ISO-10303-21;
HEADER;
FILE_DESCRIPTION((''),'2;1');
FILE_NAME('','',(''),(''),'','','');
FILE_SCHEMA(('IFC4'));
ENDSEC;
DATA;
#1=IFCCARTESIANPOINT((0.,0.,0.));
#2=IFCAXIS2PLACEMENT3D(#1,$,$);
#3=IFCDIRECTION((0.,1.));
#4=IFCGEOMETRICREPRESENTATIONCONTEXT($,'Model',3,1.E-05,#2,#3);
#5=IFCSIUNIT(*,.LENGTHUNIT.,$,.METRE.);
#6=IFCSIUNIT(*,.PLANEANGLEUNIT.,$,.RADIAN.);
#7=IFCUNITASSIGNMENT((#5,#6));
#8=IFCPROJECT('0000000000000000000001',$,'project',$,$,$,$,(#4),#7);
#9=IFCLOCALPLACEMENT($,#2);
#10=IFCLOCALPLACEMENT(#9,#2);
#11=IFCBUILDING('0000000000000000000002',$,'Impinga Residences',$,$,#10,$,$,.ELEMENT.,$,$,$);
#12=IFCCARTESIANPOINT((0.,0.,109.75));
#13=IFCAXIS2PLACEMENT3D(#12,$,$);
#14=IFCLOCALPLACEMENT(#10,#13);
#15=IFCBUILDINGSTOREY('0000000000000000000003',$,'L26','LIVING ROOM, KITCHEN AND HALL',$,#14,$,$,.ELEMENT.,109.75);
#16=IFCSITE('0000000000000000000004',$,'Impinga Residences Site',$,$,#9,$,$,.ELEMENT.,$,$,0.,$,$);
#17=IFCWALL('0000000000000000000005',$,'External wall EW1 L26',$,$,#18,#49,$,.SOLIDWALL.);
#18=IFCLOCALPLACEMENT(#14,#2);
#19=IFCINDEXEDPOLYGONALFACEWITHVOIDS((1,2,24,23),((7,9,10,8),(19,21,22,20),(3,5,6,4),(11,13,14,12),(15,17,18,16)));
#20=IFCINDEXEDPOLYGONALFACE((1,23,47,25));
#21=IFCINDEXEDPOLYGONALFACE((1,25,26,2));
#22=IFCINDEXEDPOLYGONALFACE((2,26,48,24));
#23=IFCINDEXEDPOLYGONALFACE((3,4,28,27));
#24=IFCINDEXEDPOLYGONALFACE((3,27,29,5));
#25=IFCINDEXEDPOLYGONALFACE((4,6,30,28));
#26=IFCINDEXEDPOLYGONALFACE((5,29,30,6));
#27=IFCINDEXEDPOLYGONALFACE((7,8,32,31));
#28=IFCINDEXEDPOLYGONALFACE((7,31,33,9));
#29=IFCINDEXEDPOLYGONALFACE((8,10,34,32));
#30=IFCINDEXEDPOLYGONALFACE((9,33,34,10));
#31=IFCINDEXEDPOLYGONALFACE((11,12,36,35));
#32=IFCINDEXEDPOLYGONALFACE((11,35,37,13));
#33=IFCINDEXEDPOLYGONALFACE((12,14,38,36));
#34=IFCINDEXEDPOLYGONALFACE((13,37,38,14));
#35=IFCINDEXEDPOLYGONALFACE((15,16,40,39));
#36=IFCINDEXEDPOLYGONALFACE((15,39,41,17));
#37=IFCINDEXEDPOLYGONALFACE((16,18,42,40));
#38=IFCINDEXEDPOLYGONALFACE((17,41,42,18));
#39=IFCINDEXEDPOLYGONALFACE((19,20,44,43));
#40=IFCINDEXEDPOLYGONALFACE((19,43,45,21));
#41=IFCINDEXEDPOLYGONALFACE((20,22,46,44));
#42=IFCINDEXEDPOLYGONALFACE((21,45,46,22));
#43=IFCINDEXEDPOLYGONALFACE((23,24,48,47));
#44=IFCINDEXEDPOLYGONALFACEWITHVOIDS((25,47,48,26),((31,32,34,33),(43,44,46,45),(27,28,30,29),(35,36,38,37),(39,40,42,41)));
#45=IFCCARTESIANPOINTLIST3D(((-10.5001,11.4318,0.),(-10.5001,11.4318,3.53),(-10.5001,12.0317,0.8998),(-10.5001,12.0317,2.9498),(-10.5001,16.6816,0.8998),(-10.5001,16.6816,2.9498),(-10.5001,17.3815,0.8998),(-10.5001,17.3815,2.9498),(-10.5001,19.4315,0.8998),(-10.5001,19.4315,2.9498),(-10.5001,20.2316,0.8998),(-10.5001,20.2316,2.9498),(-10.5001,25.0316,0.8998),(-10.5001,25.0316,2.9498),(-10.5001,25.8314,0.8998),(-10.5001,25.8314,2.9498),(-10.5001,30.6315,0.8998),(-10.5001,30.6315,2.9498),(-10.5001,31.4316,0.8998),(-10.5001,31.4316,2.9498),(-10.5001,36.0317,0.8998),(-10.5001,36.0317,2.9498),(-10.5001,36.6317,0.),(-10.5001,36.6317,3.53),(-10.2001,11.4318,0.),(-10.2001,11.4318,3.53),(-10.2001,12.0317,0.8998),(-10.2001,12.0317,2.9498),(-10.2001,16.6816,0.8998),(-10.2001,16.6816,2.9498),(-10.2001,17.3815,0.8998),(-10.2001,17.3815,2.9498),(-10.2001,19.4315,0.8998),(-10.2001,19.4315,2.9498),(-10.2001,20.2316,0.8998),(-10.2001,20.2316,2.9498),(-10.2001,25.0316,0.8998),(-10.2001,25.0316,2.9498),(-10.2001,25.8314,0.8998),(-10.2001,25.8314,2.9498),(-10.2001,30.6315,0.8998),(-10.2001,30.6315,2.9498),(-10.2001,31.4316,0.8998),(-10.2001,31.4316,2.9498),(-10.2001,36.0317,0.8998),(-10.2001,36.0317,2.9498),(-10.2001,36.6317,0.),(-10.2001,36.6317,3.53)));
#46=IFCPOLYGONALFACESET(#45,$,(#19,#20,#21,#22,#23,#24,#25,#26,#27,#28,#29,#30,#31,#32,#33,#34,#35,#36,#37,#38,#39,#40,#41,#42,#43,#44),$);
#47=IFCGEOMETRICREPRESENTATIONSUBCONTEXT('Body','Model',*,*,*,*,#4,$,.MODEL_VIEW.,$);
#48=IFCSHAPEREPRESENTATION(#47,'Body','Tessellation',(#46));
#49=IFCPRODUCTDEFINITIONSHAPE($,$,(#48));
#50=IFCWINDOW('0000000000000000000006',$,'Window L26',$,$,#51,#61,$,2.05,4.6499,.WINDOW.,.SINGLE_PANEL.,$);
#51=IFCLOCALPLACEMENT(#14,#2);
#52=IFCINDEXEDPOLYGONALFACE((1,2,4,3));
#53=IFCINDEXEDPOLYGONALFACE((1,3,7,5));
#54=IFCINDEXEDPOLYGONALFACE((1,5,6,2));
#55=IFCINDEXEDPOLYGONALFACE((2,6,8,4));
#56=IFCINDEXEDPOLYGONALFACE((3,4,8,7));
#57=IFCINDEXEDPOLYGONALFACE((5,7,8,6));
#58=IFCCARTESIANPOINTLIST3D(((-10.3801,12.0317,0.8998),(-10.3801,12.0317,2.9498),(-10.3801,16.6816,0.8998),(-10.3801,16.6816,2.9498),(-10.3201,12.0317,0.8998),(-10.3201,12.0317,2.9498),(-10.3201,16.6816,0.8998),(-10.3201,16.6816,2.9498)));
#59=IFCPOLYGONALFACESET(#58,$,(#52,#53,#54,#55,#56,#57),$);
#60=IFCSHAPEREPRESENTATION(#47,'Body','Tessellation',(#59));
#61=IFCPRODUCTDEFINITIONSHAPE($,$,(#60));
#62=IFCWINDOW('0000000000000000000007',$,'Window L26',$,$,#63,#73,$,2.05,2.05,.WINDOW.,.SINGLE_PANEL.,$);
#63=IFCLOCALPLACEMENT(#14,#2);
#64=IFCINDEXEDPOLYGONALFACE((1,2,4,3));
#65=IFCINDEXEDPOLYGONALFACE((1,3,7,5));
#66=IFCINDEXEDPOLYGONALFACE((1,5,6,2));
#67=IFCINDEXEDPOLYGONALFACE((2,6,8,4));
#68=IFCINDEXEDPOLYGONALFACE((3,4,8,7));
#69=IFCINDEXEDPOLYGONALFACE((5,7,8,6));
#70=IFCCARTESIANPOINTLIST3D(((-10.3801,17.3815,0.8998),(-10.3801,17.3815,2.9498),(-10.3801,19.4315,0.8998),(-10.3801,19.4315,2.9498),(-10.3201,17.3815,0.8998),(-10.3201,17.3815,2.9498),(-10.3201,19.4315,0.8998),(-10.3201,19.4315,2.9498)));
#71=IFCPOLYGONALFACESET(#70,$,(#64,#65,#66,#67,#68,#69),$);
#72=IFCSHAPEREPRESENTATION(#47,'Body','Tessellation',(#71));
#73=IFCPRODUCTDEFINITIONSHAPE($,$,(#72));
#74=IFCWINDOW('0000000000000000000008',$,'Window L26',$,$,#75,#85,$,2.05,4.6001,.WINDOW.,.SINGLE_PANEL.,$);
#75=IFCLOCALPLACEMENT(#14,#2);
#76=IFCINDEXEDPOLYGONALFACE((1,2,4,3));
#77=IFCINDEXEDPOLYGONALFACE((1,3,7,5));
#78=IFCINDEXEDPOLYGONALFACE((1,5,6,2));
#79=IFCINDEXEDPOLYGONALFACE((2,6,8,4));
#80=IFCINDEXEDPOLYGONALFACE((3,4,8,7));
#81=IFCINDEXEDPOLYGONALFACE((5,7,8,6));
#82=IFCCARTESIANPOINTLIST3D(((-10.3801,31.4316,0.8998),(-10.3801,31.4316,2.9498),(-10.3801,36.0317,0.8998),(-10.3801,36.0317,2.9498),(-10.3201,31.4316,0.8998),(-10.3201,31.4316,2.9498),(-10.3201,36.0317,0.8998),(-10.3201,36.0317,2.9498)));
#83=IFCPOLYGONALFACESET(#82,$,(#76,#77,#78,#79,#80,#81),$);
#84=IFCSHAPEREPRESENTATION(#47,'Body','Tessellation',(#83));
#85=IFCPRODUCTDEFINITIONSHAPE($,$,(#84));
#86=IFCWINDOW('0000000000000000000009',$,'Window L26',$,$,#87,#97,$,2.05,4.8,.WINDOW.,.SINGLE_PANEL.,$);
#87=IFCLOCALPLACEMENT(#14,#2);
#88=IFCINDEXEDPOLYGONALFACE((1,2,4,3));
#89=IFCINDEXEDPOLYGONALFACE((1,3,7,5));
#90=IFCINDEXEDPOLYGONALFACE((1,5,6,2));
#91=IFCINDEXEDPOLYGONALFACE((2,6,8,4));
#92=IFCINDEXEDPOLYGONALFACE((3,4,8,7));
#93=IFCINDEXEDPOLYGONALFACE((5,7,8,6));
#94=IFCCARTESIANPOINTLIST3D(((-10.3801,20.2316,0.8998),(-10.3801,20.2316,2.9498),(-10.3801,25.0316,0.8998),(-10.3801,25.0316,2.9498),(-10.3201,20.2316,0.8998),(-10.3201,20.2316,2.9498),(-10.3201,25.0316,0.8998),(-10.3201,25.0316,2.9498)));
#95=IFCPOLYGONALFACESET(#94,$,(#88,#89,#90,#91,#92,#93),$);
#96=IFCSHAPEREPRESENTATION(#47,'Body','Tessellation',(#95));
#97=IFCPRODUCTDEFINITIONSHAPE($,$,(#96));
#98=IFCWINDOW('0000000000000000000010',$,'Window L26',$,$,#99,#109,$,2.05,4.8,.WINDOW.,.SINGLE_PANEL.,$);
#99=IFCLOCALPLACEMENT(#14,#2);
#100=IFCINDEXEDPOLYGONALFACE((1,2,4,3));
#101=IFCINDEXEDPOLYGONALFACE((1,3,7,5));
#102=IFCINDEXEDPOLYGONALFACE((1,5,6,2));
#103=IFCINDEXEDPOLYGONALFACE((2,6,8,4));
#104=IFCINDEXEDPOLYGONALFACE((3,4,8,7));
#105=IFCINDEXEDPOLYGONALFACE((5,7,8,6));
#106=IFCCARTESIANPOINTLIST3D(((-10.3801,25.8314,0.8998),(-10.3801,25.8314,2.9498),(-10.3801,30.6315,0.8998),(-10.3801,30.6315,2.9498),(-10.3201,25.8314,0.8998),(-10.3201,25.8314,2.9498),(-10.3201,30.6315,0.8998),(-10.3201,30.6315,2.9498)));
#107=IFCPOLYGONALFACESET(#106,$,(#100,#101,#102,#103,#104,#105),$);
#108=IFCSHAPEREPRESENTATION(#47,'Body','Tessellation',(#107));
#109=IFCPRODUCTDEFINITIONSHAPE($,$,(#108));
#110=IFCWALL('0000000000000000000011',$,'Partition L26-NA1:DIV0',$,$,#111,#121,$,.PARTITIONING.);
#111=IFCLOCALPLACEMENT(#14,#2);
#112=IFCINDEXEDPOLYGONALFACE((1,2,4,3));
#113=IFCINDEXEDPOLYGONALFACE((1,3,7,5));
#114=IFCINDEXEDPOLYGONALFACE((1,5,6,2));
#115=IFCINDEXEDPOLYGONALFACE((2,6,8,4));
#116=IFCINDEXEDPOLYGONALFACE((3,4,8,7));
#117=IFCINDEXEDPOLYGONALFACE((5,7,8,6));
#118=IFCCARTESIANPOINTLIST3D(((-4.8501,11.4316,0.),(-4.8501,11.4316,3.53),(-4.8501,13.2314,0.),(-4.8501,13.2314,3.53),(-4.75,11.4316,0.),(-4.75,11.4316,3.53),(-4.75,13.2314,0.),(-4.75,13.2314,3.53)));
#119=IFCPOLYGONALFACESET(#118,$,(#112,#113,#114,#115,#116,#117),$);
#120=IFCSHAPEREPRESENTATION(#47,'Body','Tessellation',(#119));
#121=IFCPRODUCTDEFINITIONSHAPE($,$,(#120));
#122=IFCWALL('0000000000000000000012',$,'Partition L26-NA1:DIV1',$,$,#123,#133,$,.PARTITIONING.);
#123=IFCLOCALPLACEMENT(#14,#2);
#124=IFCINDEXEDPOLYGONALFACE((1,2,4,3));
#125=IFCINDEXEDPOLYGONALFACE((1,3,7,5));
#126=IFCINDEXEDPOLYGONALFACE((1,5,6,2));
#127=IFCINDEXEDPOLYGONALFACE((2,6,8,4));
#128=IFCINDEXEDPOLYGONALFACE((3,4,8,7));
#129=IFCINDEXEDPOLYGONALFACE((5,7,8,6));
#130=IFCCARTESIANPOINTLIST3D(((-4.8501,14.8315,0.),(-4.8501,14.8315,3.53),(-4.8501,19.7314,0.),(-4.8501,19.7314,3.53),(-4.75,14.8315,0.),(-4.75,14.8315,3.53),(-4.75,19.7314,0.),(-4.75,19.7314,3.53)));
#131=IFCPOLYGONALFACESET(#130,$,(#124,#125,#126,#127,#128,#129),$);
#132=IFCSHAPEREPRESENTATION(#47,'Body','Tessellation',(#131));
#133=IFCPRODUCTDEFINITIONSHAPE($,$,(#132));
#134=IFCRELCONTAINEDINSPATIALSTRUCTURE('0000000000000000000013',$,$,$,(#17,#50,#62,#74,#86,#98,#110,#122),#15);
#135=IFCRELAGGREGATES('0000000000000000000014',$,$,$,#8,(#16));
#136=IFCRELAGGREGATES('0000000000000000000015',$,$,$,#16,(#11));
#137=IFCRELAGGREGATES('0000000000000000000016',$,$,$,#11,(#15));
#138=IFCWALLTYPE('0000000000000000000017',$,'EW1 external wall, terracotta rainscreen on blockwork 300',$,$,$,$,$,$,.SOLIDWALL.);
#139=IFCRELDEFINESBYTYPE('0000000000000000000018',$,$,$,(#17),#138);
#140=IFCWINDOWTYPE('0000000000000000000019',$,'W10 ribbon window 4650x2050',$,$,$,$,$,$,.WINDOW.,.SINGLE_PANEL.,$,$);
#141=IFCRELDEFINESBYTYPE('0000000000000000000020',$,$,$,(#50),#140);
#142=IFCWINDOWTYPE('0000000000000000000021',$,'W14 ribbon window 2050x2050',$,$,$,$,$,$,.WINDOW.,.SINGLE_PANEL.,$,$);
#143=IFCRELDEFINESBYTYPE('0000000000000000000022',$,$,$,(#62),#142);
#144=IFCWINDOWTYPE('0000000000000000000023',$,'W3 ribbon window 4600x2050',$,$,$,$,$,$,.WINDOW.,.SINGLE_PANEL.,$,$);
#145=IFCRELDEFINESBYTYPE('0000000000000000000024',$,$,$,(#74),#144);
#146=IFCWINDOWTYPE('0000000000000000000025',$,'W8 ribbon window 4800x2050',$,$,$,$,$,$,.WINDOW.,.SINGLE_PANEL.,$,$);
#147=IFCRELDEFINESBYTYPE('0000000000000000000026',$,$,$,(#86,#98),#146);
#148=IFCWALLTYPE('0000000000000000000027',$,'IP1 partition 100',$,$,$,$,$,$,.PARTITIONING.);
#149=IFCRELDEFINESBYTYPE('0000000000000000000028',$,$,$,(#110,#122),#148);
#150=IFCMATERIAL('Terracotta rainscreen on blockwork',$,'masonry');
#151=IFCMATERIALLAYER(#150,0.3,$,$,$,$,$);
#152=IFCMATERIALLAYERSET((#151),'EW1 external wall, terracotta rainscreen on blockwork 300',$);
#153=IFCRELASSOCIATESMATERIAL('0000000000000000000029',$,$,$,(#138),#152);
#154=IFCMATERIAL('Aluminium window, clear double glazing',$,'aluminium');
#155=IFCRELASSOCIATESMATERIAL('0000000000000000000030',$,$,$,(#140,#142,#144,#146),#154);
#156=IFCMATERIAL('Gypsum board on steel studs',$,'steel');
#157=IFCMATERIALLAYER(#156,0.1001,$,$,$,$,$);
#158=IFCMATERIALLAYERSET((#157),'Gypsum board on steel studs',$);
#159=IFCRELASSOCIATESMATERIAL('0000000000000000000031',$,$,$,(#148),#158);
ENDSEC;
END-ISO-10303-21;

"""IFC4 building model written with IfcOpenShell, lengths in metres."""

from ifc_helpers import new_model, si_unit, direction, frame, frame_2d, origin, place, context, subcontext, project, spatial, rectangle, extrude, material, layer, layer_set, type_object, element, fill, save


model = new_model("IFC4")

# Units and contexts
model_context = context("Model", 3, precision=1e-05, world=origin(), true_north=direction((0.0, 1.0)))
body_context = subcontext(model_context, "Body", "Model", "MODEL_VIEW")
ifc_project = project(units=[si_unit("LENGTHUNIT", "METRE"), si_unit("PLANEANGLEUNIT", "RADIAN")], contexts=[model_context])

# Site, building, storey
site_placement = place(None, origin())
site = spatial("IfcSite", under=ifc_project, at=site_placement, Name="Impinga Residences Site", CompositionType="ELEMENT", RefElevation=0.0)
building_placement = place(site_placement, origin())
building = spatial("IfcBuilding", under=site, at=building_placement, Name="Impinga Residences", CompositionType="ELEMENT")
storey_placement = place(building_placement, frame((0.0, 0.0, 109.75)))
storey = spatial("IfcBuildingStorey", under=building, at=storey_placement, Name="L26", Description="LIVING ROOM, KITCHEN AND HALL", CompositionType="ELEMENT", Elevation=109.75)

# Shared definitions
ifc_material_1 = material(Name="Terracotta rainscreen on blockwork", Category="masonry")
ifc_layer_1 = layer(ifc_material_1, 0.3)
ifc_layer_set_1 = layer_set([ifc_layer_1], Name="EW1 external wall, terracotta rainscreen on blockwork 300")
wall_type_1 = type_object("IfcWallType", Name="EW1 external wall, terracotta rainscreen on blockwork 300", PredefinedType="SOLIDWALL", material=ifc_layer_set_1)

# Wall, openings, windows
wall_1_placement = place(storey_placement, frame((-10.3501, 11.4316, 0.0), z_axis=(0.0, 0.0, 1.0), x_axis=(0.0, 1.0, 0.0)))
wall_1 = element("IfcWall", 1, at=wall_1_placement, inside=storey, type_object=wall_type_1, Name="External wall EW1 L26", PredefinedType="SOLIDWALL", context=body_context, shape_type="SweptSolid", body=[
    extrude(rectangle(XDim=25.2, YDim=0.3, at=frame_2d((12.6001, 0.0))), origin(), (0.0, 0.0, 1.0), 3.53),
])
opening_1_placement = place(wall_1_placement, frame((0.6001, 0.0, 0.8999)))
opening_1 = element("IfcOpeningElement", 2, at=opening_1_placement, cuts=wall_1, PredefinedType="OPENING", context=body_context, shape_type="SweptSolid", body=[
    extrude(rectangle(XDim=4.6499, YDim=2.05, at=frame_2d((2.325, 1.0249))), frame((0.0, 0.1599, 0.0), z_axis=(0.0, -1.0, 0.0), x_axis=(1.0, 0.0, 0.0)), (0.0, 0.0, 1.0), 0.3201),
])
opening_2_placement = place(wall_1_placement, frame((5.95, 0.0, 0.8999)))
opening_2 = element("IfcOpeningElement", 3, at=opening_2_placement, cuts=wall_1, PredefinedType="OPENING", context=body_context, shape_type="SweptSolid", body=[
    extrude(rectangle(XDim=2.05, YDim=2.05, at=frame_2d((1.0249, 1.0249))), frame((0.0, 0.1599, 0.0), z_axis=(0.0, -1.0, 0.0), x_axis=(1.0, 0.0, 0.0)), (0.0, 0.0, 1.0), 0.3201),
])
opening_3_placement = place(wall_1_placement, frame((8.8, 0.0, 0.8999)))
opening_3 = element("IfcOpeningElement", 4, at=opening_3_placement, cuts=wall_1, PredefinedType="OPENING", context=body_context, shape_type="SweptSolid", body=[
    extrude(rectangle(XDim=4.8, YDim=2.05, at=frame_2d((2.3999, 1.0249))), frame((0.0, 0.1599, 0.0), z_axis=(0.0, -1.0, 0.0), x_axis=(1.0, 0.0, 0.0)), (0.0, 0.0, 1.0), 0.3201),
])
opening_4_placement = place(wall_1_placement, frame((14.3999, 0.0, 0.8999)))
opening_4 = element("IfcOpeningElement", 5, at=opening_4_placement, cuts=wall_1, PredefinedType="OPENING", context=body_context, shape_type="SweptSolid", body=[
    extrude(rectangle(XDim=4.8, YDim=2.05, at=frame_2d((2.3999, 1.0249))), frame((0.0, 0.1599, 0.0), z_axis=(0.0, -1.0, 0.0), x_axis=(1.0, 0.0, 0.0)), (0.0, 0.0, 1.0), 0.3201),
])
opening_5_placement = place(wall_1_placement, frame((20.0, 0.0, 0.8999)))
opening_5 = element("IfcOpeningElement", 6, at=opening_5_placement, cuts=wall_1, PredefinedType="OPENING", context=body_context, shape_type="SweptSolid", body=[
    extrude(rectangle(XDim=4.6001, YDim=2.05, at=frame_2d((2.3, 1.0249))), frame((0.0, 0.1599, 0.0), z_axis=(0.0, -1.0, 0.0), x_axis=(1.0, 0.0, 0.0)), (0.0, 0.0, 1.0), 0.3201),
])
ifc_material_2 = material(Name="Aluminium window, clear double glazing", Category="aluminium")
window_type_1 = type_object("IfcWindowType", Name="W10 ribbon window 4650x2050", PartitioningType="SINGLE_PANEL", PredefinedType="WINDOW", material=ifc_material_2)
window_1_placement = place(opening_1_placement, origin())
window_1 = element("IfcWindow", 7, at=window_1_placement, inside=storey, type_object=window_type_1, Name="Window L26", OverallHeight=2.05, OverallWidth=4.6499, PartitioningType="SINGLE_PANEL", PredefinedType="WINDOW", context=body_context, shape_type="SweptSolid", body=[
    extrude(rectangle(XDim=4.6499, YDim=2.05, at=frame_2d((2.325, 1.0249))), frame((0.0, 0.03, 0.0), z_axis=(0.0, -1.0, 0.0), x_axis=(1.0, 0.0, 0.0)), (0.0, 0.0, 1.0), 0.0601),
])
fill(opening_1, window_1)
window_type_2 = type_object("IfcWindowType", Name="W14 ribbon window 2050x2050", PartitioningType="SINGLE_PANEL", PredefinedType="WINDOW", material=ifc_material_2)
window_2_placement = place(opening_2_placement, origin())
window_2 = element("IfcWindow", 8, at=window_2_placement, inside=storey, type_object=window_type_2, Name="Window L26", OverallHeight=2.05, OverallWidth=2.05, PartitioningType="SINGLE_PANEL", PredefinedType="WINDOW", context=body_context, shape_type="SweptSolid", body=[
    extrude(rectangle(XDim=2.05, YDim=2.05, at=frame_2d((1.0249, 1.0249))), frame((0.0, 0.03, 0.0), z_axis=(0.0, -1.0, 0.0), x_axis=(1.0, 0.0, 0.0)), (0.0, 0.0, 1.0), 0.0601),
])
fill(opening_2, window_2)
window_type_3 = type_object("IfcWindowType", Name="W3 ribbon window 4600x2050", PartitioningType="SINGLE_PANEL", PredefinedType="WINDOW", material=ifc_material_2)
window_3_placement = place(opening_5_placement, origin())
window_3 = element("IfcWindow", 9, at=window_3_placement, inside=storey, type_object=window_type_3, Name="Window L26", OverallHeight=2.05, OverallWidth=4.6001, PartitioningType="SINGLE_PANEL", PredefinedType="WINDOW", context=body_context, shape_type="SweptSolid", body=[
    extrude(rectangle(XDim=4.6001, YDim=2.05, at=frame_2d((2.3, 1.0249))), frame((0.0, 0.03, 0.0), z_axis=(0.0, -1.0, 0.0), x_axis=(1.0, 0.0, 0.0)), (0.0, 0.0, 1.0), 0.0601),
])
fill(opening_5, window_3)
window_type_4 = type_object("IfcWindowType", Name="W8 ribbon window 4800x2050", PartitioningType="SINGLE_PANEL", PredefinedType="WINDOW", material=ifc_material_2)
window_4_placement = place(opening_3_placement, origin())
window_4 = element("IfcWindow", 10, at=window_4_placement, inside=storey, type_object=window_type_4, Name="Window L26", OverallHeight=2.05, OverallWidth=4.8, PartitioningType="SINGLE_PANEL", PredefinedType="WINDOW", context=body_context, shape_type="SweptSolid", body=[
    extrude(rectangle(XDim=4.8, YDim=2.05, at=frame_2d((2.3999, 1.0249))), frame((0.0, 0.03, 0.0), z_axis=(0.0, -1.0, 0.0), x_axis=(1.0, 0.0, 0.0)), (0.0, 0.0, 1.0), 0.0601),
])
fill(opening_3, window_4)
window_5_placement = place(opening_4_placement, origin())
window_5 = element("IfcWindow", 11, at=window_5_placement, inside=storey, type_object=window_type_4, Name="Window L26", OverallHeight=2.05, OverallWidth=4.8, PartitioningType="SINGLE_PANEL", PredefinedType="WINDOW", context=body_context, shape_type="SweptSolid", body=[
    extrude(rectangle(XDim=4.8, YDim=2.05, at=frame_2d((2.3999, 1.0249))), frame((0.0, 0.03, 0.0), z_axis=(0.0, -1.0, 0.0), x_axis=(1.0, 0.0, 0.0)), (0.0, 0.0, 1.0), 0.0601),
])
fill(opening_4, window_5)

# Walls
ifc_material_3 = material(Name="Gypsum board on steel studs", Category="steel")
ifc_layer_2 = layer(ifc_material_3, 0.1001)
ifc_layer_set_2 = layer_set([ifc_layer_2], Name="Gypsum board on steel studs")
wall_type_2 = type_object("IfcWallType", Name="IP1 partition 100", PredefinedType="PARTITIONING", material=ifc_layer_set_2)
wall_2_placement = place(storey_placement, frame((-4.8, 11.4316, 0.0), z_axis=(0.0, 0.0, 1.0), x_axis=(0.0, 1.0, 0.0)))
element("IfcWall", 12, at=wall_2_placement, inside=storey, type_object=wall_type_2, Name="Partition L26-NA1:DIV0", PredefinedType="PARTITIONING", context=body_context, shape_type="SweptSolid", body=[
    extrude(rectangle(XDim=1.7998, YDim=0.1001, at=frame_2d((0.8999, 0.0))), origin(), (0.0, 0.0, 1.0), 3.53),
])
wall_3_placement = place(storey_placement, frame((-4.8, 14.8315, 0.0), z_axis=(0.0, 0.0, 1.0), x_axis=(0.0, 1.0, 0.0)))
element("IfcWall", 13, at=wall_3_placement, inside=storey, type_object=wall_type_2, Name="Partition L26-NA1:DIV1", PredefinedType="PARTITIONING", context=body_context, shape_type="SweptSolid", body=[
    extrude(rectangle(XDim=4.8999, YDim=0.1001, at=frame_2d((2.45, 0.0))), origin(), (0.0, 0.0, 1.0), 3.53),
])

save(model, "model.ifc")
